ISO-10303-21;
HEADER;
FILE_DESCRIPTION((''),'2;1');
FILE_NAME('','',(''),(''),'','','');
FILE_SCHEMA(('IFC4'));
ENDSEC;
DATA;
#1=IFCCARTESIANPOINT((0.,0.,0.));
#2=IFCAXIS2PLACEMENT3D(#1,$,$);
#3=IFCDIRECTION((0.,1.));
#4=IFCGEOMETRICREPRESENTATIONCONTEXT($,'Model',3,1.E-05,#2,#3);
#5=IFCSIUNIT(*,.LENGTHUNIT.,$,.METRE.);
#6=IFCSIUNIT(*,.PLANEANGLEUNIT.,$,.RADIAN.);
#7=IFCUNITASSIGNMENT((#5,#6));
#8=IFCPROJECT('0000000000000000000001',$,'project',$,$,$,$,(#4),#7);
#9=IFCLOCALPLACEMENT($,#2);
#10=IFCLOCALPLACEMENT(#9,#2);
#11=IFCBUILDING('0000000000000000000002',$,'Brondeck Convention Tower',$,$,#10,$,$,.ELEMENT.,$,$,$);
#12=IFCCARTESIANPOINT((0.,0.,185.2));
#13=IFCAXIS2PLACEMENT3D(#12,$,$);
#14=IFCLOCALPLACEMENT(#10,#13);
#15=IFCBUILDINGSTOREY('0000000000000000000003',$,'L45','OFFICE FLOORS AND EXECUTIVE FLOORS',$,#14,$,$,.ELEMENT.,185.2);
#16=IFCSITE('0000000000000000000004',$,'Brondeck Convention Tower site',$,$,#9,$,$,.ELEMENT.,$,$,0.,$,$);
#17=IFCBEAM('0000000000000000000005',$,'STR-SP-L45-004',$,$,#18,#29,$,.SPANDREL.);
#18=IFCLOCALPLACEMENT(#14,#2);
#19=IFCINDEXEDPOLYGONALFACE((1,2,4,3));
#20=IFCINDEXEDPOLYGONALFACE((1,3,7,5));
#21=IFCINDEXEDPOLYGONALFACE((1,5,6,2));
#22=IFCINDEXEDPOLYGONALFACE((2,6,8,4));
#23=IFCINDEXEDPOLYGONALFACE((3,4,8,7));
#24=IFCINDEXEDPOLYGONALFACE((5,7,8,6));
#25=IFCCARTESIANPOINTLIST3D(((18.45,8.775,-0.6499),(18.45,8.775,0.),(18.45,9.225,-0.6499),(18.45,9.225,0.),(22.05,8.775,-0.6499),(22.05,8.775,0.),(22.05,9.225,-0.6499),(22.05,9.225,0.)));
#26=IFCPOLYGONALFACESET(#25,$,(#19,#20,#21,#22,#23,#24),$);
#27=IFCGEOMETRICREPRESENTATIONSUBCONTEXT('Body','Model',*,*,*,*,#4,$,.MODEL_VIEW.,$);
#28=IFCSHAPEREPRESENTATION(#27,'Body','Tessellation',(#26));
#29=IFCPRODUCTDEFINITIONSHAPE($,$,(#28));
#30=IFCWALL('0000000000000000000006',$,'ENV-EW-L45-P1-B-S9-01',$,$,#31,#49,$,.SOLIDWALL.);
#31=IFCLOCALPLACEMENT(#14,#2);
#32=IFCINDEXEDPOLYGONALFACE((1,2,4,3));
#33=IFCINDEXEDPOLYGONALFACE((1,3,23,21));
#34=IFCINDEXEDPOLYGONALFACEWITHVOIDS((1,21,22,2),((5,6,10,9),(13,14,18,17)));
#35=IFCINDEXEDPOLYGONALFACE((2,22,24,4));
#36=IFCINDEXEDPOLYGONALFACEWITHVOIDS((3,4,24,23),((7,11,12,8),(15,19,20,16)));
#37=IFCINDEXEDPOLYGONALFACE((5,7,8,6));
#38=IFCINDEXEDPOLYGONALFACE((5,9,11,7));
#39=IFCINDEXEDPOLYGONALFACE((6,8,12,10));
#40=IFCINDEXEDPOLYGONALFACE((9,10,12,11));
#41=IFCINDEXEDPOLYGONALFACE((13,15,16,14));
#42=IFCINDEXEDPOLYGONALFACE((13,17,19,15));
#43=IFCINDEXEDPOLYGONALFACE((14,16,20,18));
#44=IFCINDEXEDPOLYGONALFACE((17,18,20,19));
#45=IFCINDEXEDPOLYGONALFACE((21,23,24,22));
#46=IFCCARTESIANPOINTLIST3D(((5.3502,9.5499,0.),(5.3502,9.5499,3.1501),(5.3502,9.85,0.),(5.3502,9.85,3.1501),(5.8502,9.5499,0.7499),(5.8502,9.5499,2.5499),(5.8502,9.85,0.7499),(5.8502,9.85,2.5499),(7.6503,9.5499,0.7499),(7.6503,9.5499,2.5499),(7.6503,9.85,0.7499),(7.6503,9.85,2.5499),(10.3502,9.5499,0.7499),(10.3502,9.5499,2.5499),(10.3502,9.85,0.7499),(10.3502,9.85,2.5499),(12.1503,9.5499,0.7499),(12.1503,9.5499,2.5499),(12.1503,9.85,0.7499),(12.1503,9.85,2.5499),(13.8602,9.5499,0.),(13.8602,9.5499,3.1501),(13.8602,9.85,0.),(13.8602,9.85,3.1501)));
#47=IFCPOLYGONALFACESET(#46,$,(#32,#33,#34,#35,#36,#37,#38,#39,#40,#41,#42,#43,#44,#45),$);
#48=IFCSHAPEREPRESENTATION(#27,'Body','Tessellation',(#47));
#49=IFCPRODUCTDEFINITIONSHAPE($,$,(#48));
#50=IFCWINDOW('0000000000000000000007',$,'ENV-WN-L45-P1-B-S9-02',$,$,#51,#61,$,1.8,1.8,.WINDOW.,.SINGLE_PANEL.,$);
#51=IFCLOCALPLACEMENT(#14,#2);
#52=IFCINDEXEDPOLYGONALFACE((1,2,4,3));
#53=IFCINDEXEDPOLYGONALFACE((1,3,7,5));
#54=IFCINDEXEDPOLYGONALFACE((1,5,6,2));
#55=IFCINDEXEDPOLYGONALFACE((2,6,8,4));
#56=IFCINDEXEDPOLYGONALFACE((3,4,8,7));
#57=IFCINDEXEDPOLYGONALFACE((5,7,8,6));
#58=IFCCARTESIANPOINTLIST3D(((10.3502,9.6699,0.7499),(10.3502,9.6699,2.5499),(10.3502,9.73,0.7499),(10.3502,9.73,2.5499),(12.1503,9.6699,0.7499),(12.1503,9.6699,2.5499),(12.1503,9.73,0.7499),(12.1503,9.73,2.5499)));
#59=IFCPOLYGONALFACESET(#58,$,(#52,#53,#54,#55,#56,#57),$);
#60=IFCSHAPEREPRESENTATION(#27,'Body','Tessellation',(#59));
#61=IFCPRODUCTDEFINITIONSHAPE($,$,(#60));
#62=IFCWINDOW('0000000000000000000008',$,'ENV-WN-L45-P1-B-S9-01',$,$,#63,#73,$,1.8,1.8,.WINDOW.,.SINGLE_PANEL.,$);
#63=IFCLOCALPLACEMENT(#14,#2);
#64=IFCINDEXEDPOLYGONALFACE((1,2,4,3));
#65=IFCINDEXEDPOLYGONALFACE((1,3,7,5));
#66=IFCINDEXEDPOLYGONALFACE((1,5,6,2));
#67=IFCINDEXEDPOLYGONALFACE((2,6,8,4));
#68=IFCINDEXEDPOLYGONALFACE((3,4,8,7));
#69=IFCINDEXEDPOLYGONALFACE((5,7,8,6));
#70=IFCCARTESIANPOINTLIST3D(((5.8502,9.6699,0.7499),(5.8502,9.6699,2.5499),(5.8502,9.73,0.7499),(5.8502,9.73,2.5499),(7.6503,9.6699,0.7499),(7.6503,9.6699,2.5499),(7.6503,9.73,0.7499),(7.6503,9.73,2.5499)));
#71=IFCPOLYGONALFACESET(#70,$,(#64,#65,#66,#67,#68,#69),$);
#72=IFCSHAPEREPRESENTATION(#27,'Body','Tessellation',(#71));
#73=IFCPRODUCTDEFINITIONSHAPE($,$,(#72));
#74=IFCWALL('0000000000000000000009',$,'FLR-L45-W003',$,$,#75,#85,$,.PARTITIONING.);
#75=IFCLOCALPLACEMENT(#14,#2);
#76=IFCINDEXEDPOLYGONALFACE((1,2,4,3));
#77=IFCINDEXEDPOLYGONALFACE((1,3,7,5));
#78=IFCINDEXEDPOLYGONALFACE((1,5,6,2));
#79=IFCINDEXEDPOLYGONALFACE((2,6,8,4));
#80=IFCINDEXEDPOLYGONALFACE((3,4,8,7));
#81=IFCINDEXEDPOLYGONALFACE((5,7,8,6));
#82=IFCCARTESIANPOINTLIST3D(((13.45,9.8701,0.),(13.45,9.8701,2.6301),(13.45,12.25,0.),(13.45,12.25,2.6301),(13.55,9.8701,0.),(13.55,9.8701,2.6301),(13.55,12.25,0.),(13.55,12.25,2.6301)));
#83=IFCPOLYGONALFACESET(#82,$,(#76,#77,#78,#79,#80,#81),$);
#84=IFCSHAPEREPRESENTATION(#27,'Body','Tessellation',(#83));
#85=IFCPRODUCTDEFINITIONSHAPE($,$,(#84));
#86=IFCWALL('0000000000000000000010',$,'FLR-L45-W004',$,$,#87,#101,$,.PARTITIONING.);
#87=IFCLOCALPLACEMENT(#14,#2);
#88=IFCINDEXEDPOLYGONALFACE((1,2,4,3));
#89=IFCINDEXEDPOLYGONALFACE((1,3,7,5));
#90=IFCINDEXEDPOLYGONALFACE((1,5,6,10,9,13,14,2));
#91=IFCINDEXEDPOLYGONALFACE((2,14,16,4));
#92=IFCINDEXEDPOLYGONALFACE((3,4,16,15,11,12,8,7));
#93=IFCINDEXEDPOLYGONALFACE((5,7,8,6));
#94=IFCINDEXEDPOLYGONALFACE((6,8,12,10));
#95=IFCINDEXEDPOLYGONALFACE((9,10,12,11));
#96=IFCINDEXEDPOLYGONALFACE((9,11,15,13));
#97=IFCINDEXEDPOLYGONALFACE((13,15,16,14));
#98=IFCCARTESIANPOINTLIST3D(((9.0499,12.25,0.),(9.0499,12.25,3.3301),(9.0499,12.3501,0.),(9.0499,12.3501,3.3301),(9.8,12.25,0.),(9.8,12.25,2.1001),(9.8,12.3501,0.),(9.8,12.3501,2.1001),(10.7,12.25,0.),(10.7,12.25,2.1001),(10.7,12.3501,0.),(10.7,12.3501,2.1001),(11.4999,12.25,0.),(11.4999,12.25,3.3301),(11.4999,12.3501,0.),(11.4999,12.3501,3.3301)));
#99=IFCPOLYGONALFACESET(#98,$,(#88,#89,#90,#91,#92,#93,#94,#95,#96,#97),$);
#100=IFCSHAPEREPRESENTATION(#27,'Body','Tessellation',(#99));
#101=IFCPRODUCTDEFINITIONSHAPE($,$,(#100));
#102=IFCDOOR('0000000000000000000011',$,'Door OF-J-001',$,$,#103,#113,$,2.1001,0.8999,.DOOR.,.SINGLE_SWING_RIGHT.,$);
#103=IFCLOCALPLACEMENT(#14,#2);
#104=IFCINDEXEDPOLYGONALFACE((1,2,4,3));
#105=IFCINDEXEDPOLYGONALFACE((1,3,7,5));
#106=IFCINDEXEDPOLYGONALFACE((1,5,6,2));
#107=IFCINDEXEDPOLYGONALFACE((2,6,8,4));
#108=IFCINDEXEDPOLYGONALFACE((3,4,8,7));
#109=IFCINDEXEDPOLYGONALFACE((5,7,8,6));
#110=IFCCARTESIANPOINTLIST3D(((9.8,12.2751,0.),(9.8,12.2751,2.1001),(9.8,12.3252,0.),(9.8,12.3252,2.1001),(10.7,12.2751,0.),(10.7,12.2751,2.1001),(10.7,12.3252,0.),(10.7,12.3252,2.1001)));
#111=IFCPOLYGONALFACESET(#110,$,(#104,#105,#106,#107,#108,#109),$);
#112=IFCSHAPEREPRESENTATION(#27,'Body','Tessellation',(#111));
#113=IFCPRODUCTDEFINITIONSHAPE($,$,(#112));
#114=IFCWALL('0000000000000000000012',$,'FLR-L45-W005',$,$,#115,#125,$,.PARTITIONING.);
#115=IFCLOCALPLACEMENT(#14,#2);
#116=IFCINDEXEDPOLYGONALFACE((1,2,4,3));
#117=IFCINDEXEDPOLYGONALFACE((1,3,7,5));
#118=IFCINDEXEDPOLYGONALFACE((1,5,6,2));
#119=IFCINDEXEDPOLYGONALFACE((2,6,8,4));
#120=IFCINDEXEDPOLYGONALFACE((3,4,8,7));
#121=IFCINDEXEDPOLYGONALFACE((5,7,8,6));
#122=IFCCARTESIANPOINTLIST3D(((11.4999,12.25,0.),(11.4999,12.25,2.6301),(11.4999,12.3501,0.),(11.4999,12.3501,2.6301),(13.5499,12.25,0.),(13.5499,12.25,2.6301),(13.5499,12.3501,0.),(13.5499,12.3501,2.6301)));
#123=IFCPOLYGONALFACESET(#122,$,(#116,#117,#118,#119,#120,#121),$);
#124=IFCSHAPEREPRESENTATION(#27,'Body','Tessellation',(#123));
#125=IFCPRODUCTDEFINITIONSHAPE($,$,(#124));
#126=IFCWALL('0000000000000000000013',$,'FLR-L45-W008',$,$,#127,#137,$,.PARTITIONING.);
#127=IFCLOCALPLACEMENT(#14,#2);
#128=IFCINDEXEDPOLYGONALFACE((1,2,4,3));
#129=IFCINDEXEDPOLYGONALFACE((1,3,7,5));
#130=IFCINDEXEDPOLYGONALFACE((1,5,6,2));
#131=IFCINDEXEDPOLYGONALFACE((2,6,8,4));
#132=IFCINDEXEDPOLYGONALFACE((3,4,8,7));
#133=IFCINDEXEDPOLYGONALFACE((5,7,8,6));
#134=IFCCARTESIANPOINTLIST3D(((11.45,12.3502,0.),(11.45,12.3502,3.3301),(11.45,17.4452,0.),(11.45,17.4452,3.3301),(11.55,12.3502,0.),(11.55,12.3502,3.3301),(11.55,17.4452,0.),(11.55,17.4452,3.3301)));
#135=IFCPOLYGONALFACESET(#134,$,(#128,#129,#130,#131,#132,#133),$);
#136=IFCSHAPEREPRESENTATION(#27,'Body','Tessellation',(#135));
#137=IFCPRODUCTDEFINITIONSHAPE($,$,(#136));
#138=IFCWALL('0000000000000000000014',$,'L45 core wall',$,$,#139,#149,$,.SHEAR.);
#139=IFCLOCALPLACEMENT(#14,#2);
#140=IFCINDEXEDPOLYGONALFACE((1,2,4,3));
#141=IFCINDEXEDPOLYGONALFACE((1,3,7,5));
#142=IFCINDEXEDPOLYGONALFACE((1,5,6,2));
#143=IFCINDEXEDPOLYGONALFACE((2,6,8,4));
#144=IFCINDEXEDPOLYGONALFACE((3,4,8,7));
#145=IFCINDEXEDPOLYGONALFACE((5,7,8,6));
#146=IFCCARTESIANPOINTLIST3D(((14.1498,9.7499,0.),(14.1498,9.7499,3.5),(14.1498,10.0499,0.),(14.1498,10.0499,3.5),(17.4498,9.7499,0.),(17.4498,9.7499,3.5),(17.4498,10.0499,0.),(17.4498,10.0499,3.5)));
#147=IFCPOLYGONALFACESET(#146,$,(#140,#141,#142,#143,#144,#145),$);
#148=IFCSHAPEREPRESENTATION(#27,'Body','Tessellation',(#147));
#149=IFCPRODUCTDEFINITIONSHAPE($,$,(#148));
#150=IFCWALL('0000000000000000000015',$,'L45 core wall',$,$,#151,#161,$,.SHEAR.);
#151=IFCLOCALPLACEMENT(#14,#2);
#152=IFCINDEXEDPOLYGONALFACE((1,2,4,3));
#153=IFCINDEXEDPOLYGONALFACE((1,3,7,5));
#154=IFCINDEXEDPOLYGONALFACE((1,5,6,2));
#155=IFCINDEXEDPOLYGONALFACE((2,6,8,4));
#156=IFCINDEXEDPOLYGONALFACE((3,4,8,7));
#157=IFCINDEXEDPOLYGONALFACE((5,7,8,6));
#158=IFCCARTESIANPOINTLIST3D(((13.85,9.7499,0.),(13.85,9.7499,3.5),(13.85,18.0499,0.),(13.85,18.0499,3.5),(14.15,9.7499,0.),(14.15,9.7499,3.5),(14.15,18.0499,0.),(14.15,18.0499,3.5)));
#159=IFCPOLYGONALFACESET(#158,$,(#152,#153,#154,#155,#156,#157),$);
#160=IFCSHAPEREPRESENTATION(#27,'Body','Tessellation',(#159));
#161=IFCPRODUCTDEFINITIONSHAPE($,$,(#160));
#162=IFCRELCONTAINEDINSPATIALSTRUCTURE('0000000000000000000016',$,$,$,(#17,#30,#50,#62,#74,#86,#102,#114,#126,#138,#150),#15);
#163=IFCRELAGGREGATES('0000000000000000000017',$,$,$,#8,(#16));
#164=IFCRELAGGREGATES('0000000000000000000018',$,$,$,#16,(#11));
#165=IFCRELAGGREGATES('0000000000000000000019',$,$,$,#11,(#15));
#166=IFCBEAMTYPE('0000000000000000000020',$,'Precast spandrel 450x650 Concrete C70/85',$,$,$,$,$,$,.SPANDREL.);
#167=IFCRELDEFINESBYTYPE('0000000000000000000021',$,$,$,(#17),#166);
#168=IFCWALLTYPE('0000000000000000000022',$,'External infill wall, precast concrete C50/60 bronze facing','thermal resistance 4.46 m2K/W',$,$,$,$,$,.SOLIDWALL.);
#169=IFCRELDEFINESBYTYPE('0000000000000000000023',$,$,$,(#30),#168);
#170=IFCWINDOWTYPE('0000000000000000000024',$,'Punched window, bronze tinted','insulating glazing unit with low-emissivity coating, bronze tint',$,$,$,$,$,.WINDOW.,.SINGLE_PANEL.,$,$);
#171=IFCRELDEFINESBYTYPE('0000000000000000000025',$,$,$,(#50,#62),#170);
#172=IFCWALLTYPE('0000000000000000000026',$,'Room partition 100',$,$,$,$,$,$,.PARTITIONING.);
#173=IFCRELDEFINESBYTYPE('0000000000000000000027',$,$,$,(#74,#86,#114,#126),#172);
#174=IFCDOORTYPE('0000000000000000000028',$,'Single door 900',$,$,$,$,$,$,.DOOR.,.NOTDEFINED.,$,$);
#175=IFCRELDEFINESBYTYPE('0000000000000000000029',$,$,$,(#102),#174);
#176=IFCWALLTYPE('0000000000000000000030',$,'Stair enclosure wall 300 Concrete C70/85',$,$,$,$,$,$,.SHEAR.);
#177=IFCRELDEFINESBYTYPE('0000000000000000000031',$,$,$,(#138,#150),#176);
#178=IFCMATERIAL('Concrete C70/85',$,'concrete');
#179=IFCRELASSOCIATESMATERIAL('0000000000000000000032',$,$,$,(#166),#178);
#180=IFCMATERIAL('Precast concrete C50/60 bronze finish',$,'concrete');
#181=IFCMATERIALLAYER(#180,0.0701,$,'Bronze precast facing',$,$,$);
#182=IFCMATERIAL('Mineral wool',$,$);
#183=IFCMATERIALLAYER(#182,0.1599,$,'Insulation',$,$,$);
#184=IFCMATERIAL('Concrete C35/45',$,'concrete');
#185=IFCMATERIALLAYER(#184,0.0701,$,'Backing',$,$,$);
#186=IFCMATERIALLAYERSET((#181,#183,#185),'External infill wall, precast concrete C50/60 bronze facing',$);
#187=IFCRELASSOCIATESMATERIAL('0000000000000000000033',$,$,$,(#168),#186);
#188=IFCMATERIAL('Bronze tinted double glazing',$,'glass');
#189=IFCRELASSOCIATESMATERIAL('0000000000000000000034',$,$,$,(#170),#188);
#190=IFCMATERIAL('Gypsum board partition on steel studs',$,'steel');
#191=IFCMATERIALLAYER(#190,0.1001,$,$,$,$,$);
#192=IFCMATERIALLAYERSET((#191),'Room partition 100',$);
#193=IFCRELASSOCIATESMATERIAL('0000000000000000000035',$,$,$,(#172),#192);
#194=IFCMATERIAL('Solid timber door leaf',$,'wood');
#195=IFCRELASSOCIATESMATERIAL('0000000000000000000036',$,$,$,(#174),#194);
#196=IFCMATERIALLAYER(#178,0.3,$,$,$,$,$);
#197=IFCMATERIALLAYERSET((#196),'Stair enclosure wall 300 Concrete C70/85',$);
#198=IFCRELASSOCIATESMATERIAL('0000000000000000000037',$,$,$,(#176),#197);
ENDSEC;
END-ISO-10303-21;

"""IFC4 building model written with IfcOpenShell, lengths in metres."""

from ifc_helpers import new_model, si_unit, direction, frame, frame_2d, origin, origin_2d, place, context, subcontext, project, spatial, rectangle, extrude, material, layer, layer_set, material_profile, profile_set, type_object, element, fill, save


model = new_model("IFC4")

# Units and contexts
model_context = context("Model", 3, precision=1e-05, world=origin(), true_north=direction((0.0, 1.0)))
body_context = subcontext(model_context, "Body", "Model", "MODEL_VIEW")
ifc_project = project(units=[si_unit("LENGTHUNIT", "METRE"), si_unit("PLANEANGLEUNIT", "RADIAN")], contexts=[model_context])

# Site, building, storey
site_placement = place(None, origin())
site = spatial("IfcSite", under=ifc_project, at=site_placement, Name="Brondeck Convention Tower site", CompositionType="ELEMENT", RefElevation=0.0)
building_placement = place(site_placement, origin())
building = spatial("IfcBuilding", under=site, at=building_placement, Name="Brondeck Convention Tower", CompositionType="ELEMENT")
storey_placement = place(building_placement, frame((0.0, 0.0, 185.2)))
storey = spatial("IfcBuildingStorey", under=building, at=storey_placement, Name="L45", Description="OFFICE FLOORS AND EXECUTIVE FLOORS", CompositionType="ELEMENT", Elevation=185.2)

# Shared definitions
ifc_material_1 = material(Name="Concrete C70/85", Category="concrete")

# Beam
ifc_material_profile_1 = material_profile(ifc_material_1, rectangle(XDim=0.45, YDim=0.6499, at=origin_2d()), Name="Precast spandrel 450x650 Concrete C70/85")
ifc_profile_set_1 = profile_set([ifc_material_profile_1], Name="Concrete C70/85")
beam_type_1 = type_object("IfcBeamType", Name="Precast spandrel 450x650 Concrete C70/85", PredefinedType="SPANDREL", material=ifc_profile_set_1)
for number, where, z_axis, x_axis, name in (
    (1, (18.45, 9.0, -0.325), (1.0, 0.0, 0.0), (0.0, 1.0, 0.0), "STR-SP-L45-004"),
):
    element("IfcBeam", number, at=place(storey_placement, frame(where, z_axis=z_axis, x_axis=x_axis)), inside=storey, type_object=beam_type_1, Name=name, PredefinedType="SPANDREL", context=body_context, shape_type="SweptSolid", body=[
        extrude(rectangle(XDim=0.45, YDim=0.6499, at=origin_2d()), origin(), (0.0, 0.0, 1.0), 3.6001),
    ])

# Wall, openings, windows
ifc_material_2 = material(Name="Precast concrete C50/60 bronze finish", Category="concrete")
ifc_layer_1 = layer(ifc_material_2, 0.0701, Name="Bronze precast facing")
ifc_material_3 = material(Name="Mineral wool")
ifc_layer_2 = layer(ifc_material_3, 0.1599, Name="Insulation")
ifc_material_4 = material(Name="Concrete C35/45", Category="concrete")
ifc_layer_3 = layer(ifc_material_4, 0.0701, Name="Backing")
ifc_layer_set_1 = layer_set([ifc_layer_1, ifc_layer_2, ifc_layer_3], Name="External infill wall, precast concrete C50/60 bronze facing")
wall_type_1 = type_object("IfcWallType", Name="External infill wall, precast concrete C50/60 bronze facing", Description="thermal resistance 4.46 m2K/W", PredefinedType="SOLIDWALL", material=ifc_layer_set_1)
wall_1_placement = place(storey_placement, frame((13.8601, 9.7, 0.0), z_axis=(0.0, 0.0, 1.0), x_axis=(-1.0, 0.0, 0.0)))
wall_1 = element("IfcWall", 2, at=wall_1_placement, inside=storey, type_object=wall_type_1, Name="ENV-EW-L45-P1-B-S9-01", PredefinedType="SOLIDWALL", context=body_context, shape_type="SweptSolid", body=[
    extrude(rectangle(XDim=8.51, YDim=0.3, at=frame_2d((4.2549, 0.0))), origin(), (0.0, 0.0, 1.0), 3.1501),
])
opening_1_placement = place(wall_1_placement, frame((1.71, 0.0, 0.75)))
opening_1 = element("IfcOpeningElement", 3, at=opening_1_placement, cuts=wall_1, PredefinedType="OPENING", context=body_context, shape_type="SweptSolid", body=[
    extrude(rectangle(XDim=1.8, YDim=1.8, at=frame_2d((0.8999, 0.8999))), frame((0.0, 0.1599, 0.0), z_axis=(0.0, -1.0, 0.0), x_axis=(1.0, 0.0, 0.0)), (0.0, 0.0, 1.0), 0.3201),
])
opening_2_placement = place(wall_1_placement, frame((6.21, 0.0, 0.75)))
opening_2 = element("IfcOpeningElement", 4, at=opening_2_placement, cuts=wall_1, PredefinedType="OPENING", context=body_context, shape_type="SweptSolid", body=[
    extrude(rectangle(XDim=1.8, YDim=1.8, at=frame_2d((0.8999, 0.8999))), frame((0.0, 0.1599, 0.0), z_axis=(0.0, -1.0, 0.0), x_axis=(1.0, 0.0, 0.0)), (0.0, 0.0, 1.0), 0.3201),
])
ifc_material_5 = material(Name="Bronze tinted double glazing", Category="glass")
window_type = type_object("IfcWindowType", Name="Punched window, bronze tinted", Description="insulating glazing unit with low-emissivity coating, bronze tint", PartitioningType="SINGLE_PANEL", PredefinedType="WINDOW", material=ifc_material_5)
window_1_placement = place(opening_1_placement, origin())
window_1 = element("IfcWindow", 5, at=window_1_placement, inside=storey, type_object=window_type, Name="ENV-WN-L45-P1-B-S9-02", OverallHeight=1.8, OverallWidth=1.8, PartitioningType="SINGLE_PANEL", PredefinedType="WINDOW", context=body_context, shape_type="SweptSolid", body=[
    extrude(rectangle(XDim=1.8, YDim=1.8, at=frame_2d((0.8999, 0.8999))), frame((0.0, 0.03, 0.0), z_axis=(0.0, -1.0, 0.0), x_axis=(1.0, 0.0, 0.0)), (0.0, 0.0, 1.0), 0.0601),
])
fill(opening_1, window_1)
window_2_placement = place(opening_2_placement, origin())
window_2 = element("IfcWindow", 6, at=window_2_placement, inside=storey, type_object=window_type, Name="ENV-WN-L45-P1-B-S9-01", OverallHeight=1.8, OverallWidth=1.8, PartitioningType="SINGLE_PANEL", PredefinedType="WINDOW", context=body_context, shape_type="SweptSolid", body=[
    extrude(rectangle(XDim=1.8, YDim=1.8, at=frame_2d((0.8999, 0.8999))), frame((0.0, 0.03, 0.0), z_axis=(0.0, -1.0, 0.0), x_axis=(1.0, 0.0, 0.0)), (0.0, 0.0, 1.0), 0.0601),
])
fill(opening_2, window_2)

# Wall
ifc_material_6 = material(Name="Gypsum board partition on steel studs", Category="steel")
ifc_layer_4 = layer(ifc_material_6, 0.1001)
ifc_layer_set_2 = layer_set([ifc_layer_4], Name="Room partition 100")
wall_type_2 = type_object("IfcWallType", Name="Room partition 100", PredefinedType="PARTITIONING", material=ifc_layer_set_2)
wall_2_placement = place(storey_placement, frame((13.5, 12.25, 0.0), z_axis=(0.0, 0.0, 1.0), x_axis=(0.0, -1.0, 0.0)))
element("IfcWall", 7, at=wall_2_placement, inside=storey, type_object=wall_type_2, Name="FLR-L45-W003", PredefinedType="PARTITIONING", context=body_context, shape_type="SweptSolid", body=[
    extrude(rectangle(XDim=2.3799, YDim=0.1001, at=frame_2d((1.1899, 0.0))), origin(), (0.0, 0.0, 1.0), 2.6301),
])

# Wall, opening, door
wall_3_placement = place(storey_placement, frame((11.5, 12.3, 0.0), z_axis=(0.0, 0.0, 1.0), x_axis=(-1.0, 0.0, 0.0)))
wall_3 = element("IfcWall", 8, at=wall_3_placement, inside=storey, type_object=wall_type_2, Name="FLR-L45-W004", PredefinedType="PARTITIONING", context=body_context, shape_type="SweptSolid", body=[
    extrude(rectangle(XDim=2.45, YDim=0.1001, at=frame_2d((1.2251, 0.0))), origin(), (0.0, 0.0, 1.0), 3.3301),
])
opening_3_placement = place(wall_3_placement, frame((0.8, 0.0, 0.0)))
opening_3 = element("IfcOpeningElement", 9, at=opening_3_placement, cuts=wall_3, PredefinedType="OPENING", context=body_context, shape_type="SweptSolid", body=[
    extrude(rectangle(XDim=0.8999, YDim=2.1001, at=frame_2d((0.45, 1.05))), frame((0.0, 0.0601, 0.0), z_axis=(0.0, -1.0, 0.0), x_axis=(1.0, 0.0, 0.0)), (0.0, 0.0, 1.0), 0.1201),
])
ifc_material_7 = material(Name="Solid timber door leaf", Category="wood")
door_type_1 = type_object("IfcDoorType", Name="Single door 900", OperationType="NOTDEFINED", PredefinedType="DOOR", material=ifc_material_7)
door_1_placement = place(opening_3_placement, origin())
door_1 = element("IfcDoor", 10, at=door_1_placement, inside=storey, type_object=door_type_1, Name="Door OF-J-001", OperationType="SINGLE_SWING_RIGHT", OverallHeight=2.1001, OverallWidth=0.8999, PredefinedType="DOOR", context=body_context, shape_type="SweptSolid", body=[
    extrude(rectangle(XDim=0.8999, YDim=2.1001, at=frame_2d((0.45, 1.05))), frame((0.0, 0.0249, 0.0), z_axis=(0.0, -1.0, 0.0), x_axis=(1.0, 0.0, 0.0)), (0.0, 0.0, 1.0), 0.05),
])
fill(opening_3, door_1)

# Walls
wall_4_placement = place(storey_placement, frame((11.5, 12.3, 0.0), z_axis=(0.0, 0.0, 1.0), x_axis=(1.0, 0.0, 0.0)))
element("IfcWall", 11, at=wall_4_placement, inside=storey, type_object=wall_type_2, Name="FLR-L45-W005", PredefinedType="PARTITIONING", context=body_context, shape_type="SweptSolid", body=[
    extrude(rectangle(XDim=2.05, YDim=0.1001, at=frame_2d((1.0249, 0.0))), origin(), (0.0, 0.0, 1.0), 2.6301),
])
wall_5_placement = place(storey_placement, frame((11.5, 17.4451, 0.0), z_axis=(0.0, 0.0, 1.0), x_axis=(0.0, -1.0, 0.0)))
element("IfcWall", 12, at=wall_5_placement, inside=storey, type_object=wall_type_2, Name="FLR-L45-W008", PredefinedType="PARTITIONING", context=body_context, shape_type="SweptSolid", body=[
    extrude(rectangle(XDim=5.095, YDim=0.1001, at=frame_2d((2.5474, 0.0))), origin(), (0.0, 0.0, 1.0), 3.3301),
])
ifc_layer_5 = layer(ifc_material_1, 0.3)
ifc_layer_set_3 = layer_set([ifc_layer_5], Name="Stair enclosure wall 300 Concrete C70/85")
wall_type_3 = type_object("IfcWallType", Name="Stair enclosure wall 300 Concrete C70/85", PredefinedType="SHEAR", material=ifc_layer_set_3)
wall_6_placement = place(storey_placement, frame((14.1499, 9.8999, 0.0), z_axis=(0.0, 0.0, 1.0), x_axis=(1.0, 0.0, 0.0)))
element("IfcWall", 13, at=wall_6_placement, inside=storey, type_object=wall_type_3, Name="L45 core wall", PredefinedType="SHEAR", context=body_context, shape_type="SweptSolid", body=[
    extrude(rectangle(XDim=3.3, YDim=0.3, at=frame_2d((1.6499, 0.0))), origin(), (0.0, 0.0, 1.0), 3.5),
])
wall_7_placement = place(storey_placement, frame((14.0, 9.75, 0.0), z_axis=(0.0, 0.0, 1.0), x_axis=(0.0, 1.0, 0.0)))
element("IfcWall", 14, at=wall_7_placement, inside=storey, type_object=wall_type_3, Name="L45 core wall", PredefinedType="SHEAR", context=body_context, shape_type="SweptSolid", body=[
    extrude(rectangle(XDim=8.3, YDim=0.3, at=frame_2d((4.1499, 0.0))), origin(), (0.0, 0.0, 1.0), 3.5),
])

save(model, "model.ifc")
